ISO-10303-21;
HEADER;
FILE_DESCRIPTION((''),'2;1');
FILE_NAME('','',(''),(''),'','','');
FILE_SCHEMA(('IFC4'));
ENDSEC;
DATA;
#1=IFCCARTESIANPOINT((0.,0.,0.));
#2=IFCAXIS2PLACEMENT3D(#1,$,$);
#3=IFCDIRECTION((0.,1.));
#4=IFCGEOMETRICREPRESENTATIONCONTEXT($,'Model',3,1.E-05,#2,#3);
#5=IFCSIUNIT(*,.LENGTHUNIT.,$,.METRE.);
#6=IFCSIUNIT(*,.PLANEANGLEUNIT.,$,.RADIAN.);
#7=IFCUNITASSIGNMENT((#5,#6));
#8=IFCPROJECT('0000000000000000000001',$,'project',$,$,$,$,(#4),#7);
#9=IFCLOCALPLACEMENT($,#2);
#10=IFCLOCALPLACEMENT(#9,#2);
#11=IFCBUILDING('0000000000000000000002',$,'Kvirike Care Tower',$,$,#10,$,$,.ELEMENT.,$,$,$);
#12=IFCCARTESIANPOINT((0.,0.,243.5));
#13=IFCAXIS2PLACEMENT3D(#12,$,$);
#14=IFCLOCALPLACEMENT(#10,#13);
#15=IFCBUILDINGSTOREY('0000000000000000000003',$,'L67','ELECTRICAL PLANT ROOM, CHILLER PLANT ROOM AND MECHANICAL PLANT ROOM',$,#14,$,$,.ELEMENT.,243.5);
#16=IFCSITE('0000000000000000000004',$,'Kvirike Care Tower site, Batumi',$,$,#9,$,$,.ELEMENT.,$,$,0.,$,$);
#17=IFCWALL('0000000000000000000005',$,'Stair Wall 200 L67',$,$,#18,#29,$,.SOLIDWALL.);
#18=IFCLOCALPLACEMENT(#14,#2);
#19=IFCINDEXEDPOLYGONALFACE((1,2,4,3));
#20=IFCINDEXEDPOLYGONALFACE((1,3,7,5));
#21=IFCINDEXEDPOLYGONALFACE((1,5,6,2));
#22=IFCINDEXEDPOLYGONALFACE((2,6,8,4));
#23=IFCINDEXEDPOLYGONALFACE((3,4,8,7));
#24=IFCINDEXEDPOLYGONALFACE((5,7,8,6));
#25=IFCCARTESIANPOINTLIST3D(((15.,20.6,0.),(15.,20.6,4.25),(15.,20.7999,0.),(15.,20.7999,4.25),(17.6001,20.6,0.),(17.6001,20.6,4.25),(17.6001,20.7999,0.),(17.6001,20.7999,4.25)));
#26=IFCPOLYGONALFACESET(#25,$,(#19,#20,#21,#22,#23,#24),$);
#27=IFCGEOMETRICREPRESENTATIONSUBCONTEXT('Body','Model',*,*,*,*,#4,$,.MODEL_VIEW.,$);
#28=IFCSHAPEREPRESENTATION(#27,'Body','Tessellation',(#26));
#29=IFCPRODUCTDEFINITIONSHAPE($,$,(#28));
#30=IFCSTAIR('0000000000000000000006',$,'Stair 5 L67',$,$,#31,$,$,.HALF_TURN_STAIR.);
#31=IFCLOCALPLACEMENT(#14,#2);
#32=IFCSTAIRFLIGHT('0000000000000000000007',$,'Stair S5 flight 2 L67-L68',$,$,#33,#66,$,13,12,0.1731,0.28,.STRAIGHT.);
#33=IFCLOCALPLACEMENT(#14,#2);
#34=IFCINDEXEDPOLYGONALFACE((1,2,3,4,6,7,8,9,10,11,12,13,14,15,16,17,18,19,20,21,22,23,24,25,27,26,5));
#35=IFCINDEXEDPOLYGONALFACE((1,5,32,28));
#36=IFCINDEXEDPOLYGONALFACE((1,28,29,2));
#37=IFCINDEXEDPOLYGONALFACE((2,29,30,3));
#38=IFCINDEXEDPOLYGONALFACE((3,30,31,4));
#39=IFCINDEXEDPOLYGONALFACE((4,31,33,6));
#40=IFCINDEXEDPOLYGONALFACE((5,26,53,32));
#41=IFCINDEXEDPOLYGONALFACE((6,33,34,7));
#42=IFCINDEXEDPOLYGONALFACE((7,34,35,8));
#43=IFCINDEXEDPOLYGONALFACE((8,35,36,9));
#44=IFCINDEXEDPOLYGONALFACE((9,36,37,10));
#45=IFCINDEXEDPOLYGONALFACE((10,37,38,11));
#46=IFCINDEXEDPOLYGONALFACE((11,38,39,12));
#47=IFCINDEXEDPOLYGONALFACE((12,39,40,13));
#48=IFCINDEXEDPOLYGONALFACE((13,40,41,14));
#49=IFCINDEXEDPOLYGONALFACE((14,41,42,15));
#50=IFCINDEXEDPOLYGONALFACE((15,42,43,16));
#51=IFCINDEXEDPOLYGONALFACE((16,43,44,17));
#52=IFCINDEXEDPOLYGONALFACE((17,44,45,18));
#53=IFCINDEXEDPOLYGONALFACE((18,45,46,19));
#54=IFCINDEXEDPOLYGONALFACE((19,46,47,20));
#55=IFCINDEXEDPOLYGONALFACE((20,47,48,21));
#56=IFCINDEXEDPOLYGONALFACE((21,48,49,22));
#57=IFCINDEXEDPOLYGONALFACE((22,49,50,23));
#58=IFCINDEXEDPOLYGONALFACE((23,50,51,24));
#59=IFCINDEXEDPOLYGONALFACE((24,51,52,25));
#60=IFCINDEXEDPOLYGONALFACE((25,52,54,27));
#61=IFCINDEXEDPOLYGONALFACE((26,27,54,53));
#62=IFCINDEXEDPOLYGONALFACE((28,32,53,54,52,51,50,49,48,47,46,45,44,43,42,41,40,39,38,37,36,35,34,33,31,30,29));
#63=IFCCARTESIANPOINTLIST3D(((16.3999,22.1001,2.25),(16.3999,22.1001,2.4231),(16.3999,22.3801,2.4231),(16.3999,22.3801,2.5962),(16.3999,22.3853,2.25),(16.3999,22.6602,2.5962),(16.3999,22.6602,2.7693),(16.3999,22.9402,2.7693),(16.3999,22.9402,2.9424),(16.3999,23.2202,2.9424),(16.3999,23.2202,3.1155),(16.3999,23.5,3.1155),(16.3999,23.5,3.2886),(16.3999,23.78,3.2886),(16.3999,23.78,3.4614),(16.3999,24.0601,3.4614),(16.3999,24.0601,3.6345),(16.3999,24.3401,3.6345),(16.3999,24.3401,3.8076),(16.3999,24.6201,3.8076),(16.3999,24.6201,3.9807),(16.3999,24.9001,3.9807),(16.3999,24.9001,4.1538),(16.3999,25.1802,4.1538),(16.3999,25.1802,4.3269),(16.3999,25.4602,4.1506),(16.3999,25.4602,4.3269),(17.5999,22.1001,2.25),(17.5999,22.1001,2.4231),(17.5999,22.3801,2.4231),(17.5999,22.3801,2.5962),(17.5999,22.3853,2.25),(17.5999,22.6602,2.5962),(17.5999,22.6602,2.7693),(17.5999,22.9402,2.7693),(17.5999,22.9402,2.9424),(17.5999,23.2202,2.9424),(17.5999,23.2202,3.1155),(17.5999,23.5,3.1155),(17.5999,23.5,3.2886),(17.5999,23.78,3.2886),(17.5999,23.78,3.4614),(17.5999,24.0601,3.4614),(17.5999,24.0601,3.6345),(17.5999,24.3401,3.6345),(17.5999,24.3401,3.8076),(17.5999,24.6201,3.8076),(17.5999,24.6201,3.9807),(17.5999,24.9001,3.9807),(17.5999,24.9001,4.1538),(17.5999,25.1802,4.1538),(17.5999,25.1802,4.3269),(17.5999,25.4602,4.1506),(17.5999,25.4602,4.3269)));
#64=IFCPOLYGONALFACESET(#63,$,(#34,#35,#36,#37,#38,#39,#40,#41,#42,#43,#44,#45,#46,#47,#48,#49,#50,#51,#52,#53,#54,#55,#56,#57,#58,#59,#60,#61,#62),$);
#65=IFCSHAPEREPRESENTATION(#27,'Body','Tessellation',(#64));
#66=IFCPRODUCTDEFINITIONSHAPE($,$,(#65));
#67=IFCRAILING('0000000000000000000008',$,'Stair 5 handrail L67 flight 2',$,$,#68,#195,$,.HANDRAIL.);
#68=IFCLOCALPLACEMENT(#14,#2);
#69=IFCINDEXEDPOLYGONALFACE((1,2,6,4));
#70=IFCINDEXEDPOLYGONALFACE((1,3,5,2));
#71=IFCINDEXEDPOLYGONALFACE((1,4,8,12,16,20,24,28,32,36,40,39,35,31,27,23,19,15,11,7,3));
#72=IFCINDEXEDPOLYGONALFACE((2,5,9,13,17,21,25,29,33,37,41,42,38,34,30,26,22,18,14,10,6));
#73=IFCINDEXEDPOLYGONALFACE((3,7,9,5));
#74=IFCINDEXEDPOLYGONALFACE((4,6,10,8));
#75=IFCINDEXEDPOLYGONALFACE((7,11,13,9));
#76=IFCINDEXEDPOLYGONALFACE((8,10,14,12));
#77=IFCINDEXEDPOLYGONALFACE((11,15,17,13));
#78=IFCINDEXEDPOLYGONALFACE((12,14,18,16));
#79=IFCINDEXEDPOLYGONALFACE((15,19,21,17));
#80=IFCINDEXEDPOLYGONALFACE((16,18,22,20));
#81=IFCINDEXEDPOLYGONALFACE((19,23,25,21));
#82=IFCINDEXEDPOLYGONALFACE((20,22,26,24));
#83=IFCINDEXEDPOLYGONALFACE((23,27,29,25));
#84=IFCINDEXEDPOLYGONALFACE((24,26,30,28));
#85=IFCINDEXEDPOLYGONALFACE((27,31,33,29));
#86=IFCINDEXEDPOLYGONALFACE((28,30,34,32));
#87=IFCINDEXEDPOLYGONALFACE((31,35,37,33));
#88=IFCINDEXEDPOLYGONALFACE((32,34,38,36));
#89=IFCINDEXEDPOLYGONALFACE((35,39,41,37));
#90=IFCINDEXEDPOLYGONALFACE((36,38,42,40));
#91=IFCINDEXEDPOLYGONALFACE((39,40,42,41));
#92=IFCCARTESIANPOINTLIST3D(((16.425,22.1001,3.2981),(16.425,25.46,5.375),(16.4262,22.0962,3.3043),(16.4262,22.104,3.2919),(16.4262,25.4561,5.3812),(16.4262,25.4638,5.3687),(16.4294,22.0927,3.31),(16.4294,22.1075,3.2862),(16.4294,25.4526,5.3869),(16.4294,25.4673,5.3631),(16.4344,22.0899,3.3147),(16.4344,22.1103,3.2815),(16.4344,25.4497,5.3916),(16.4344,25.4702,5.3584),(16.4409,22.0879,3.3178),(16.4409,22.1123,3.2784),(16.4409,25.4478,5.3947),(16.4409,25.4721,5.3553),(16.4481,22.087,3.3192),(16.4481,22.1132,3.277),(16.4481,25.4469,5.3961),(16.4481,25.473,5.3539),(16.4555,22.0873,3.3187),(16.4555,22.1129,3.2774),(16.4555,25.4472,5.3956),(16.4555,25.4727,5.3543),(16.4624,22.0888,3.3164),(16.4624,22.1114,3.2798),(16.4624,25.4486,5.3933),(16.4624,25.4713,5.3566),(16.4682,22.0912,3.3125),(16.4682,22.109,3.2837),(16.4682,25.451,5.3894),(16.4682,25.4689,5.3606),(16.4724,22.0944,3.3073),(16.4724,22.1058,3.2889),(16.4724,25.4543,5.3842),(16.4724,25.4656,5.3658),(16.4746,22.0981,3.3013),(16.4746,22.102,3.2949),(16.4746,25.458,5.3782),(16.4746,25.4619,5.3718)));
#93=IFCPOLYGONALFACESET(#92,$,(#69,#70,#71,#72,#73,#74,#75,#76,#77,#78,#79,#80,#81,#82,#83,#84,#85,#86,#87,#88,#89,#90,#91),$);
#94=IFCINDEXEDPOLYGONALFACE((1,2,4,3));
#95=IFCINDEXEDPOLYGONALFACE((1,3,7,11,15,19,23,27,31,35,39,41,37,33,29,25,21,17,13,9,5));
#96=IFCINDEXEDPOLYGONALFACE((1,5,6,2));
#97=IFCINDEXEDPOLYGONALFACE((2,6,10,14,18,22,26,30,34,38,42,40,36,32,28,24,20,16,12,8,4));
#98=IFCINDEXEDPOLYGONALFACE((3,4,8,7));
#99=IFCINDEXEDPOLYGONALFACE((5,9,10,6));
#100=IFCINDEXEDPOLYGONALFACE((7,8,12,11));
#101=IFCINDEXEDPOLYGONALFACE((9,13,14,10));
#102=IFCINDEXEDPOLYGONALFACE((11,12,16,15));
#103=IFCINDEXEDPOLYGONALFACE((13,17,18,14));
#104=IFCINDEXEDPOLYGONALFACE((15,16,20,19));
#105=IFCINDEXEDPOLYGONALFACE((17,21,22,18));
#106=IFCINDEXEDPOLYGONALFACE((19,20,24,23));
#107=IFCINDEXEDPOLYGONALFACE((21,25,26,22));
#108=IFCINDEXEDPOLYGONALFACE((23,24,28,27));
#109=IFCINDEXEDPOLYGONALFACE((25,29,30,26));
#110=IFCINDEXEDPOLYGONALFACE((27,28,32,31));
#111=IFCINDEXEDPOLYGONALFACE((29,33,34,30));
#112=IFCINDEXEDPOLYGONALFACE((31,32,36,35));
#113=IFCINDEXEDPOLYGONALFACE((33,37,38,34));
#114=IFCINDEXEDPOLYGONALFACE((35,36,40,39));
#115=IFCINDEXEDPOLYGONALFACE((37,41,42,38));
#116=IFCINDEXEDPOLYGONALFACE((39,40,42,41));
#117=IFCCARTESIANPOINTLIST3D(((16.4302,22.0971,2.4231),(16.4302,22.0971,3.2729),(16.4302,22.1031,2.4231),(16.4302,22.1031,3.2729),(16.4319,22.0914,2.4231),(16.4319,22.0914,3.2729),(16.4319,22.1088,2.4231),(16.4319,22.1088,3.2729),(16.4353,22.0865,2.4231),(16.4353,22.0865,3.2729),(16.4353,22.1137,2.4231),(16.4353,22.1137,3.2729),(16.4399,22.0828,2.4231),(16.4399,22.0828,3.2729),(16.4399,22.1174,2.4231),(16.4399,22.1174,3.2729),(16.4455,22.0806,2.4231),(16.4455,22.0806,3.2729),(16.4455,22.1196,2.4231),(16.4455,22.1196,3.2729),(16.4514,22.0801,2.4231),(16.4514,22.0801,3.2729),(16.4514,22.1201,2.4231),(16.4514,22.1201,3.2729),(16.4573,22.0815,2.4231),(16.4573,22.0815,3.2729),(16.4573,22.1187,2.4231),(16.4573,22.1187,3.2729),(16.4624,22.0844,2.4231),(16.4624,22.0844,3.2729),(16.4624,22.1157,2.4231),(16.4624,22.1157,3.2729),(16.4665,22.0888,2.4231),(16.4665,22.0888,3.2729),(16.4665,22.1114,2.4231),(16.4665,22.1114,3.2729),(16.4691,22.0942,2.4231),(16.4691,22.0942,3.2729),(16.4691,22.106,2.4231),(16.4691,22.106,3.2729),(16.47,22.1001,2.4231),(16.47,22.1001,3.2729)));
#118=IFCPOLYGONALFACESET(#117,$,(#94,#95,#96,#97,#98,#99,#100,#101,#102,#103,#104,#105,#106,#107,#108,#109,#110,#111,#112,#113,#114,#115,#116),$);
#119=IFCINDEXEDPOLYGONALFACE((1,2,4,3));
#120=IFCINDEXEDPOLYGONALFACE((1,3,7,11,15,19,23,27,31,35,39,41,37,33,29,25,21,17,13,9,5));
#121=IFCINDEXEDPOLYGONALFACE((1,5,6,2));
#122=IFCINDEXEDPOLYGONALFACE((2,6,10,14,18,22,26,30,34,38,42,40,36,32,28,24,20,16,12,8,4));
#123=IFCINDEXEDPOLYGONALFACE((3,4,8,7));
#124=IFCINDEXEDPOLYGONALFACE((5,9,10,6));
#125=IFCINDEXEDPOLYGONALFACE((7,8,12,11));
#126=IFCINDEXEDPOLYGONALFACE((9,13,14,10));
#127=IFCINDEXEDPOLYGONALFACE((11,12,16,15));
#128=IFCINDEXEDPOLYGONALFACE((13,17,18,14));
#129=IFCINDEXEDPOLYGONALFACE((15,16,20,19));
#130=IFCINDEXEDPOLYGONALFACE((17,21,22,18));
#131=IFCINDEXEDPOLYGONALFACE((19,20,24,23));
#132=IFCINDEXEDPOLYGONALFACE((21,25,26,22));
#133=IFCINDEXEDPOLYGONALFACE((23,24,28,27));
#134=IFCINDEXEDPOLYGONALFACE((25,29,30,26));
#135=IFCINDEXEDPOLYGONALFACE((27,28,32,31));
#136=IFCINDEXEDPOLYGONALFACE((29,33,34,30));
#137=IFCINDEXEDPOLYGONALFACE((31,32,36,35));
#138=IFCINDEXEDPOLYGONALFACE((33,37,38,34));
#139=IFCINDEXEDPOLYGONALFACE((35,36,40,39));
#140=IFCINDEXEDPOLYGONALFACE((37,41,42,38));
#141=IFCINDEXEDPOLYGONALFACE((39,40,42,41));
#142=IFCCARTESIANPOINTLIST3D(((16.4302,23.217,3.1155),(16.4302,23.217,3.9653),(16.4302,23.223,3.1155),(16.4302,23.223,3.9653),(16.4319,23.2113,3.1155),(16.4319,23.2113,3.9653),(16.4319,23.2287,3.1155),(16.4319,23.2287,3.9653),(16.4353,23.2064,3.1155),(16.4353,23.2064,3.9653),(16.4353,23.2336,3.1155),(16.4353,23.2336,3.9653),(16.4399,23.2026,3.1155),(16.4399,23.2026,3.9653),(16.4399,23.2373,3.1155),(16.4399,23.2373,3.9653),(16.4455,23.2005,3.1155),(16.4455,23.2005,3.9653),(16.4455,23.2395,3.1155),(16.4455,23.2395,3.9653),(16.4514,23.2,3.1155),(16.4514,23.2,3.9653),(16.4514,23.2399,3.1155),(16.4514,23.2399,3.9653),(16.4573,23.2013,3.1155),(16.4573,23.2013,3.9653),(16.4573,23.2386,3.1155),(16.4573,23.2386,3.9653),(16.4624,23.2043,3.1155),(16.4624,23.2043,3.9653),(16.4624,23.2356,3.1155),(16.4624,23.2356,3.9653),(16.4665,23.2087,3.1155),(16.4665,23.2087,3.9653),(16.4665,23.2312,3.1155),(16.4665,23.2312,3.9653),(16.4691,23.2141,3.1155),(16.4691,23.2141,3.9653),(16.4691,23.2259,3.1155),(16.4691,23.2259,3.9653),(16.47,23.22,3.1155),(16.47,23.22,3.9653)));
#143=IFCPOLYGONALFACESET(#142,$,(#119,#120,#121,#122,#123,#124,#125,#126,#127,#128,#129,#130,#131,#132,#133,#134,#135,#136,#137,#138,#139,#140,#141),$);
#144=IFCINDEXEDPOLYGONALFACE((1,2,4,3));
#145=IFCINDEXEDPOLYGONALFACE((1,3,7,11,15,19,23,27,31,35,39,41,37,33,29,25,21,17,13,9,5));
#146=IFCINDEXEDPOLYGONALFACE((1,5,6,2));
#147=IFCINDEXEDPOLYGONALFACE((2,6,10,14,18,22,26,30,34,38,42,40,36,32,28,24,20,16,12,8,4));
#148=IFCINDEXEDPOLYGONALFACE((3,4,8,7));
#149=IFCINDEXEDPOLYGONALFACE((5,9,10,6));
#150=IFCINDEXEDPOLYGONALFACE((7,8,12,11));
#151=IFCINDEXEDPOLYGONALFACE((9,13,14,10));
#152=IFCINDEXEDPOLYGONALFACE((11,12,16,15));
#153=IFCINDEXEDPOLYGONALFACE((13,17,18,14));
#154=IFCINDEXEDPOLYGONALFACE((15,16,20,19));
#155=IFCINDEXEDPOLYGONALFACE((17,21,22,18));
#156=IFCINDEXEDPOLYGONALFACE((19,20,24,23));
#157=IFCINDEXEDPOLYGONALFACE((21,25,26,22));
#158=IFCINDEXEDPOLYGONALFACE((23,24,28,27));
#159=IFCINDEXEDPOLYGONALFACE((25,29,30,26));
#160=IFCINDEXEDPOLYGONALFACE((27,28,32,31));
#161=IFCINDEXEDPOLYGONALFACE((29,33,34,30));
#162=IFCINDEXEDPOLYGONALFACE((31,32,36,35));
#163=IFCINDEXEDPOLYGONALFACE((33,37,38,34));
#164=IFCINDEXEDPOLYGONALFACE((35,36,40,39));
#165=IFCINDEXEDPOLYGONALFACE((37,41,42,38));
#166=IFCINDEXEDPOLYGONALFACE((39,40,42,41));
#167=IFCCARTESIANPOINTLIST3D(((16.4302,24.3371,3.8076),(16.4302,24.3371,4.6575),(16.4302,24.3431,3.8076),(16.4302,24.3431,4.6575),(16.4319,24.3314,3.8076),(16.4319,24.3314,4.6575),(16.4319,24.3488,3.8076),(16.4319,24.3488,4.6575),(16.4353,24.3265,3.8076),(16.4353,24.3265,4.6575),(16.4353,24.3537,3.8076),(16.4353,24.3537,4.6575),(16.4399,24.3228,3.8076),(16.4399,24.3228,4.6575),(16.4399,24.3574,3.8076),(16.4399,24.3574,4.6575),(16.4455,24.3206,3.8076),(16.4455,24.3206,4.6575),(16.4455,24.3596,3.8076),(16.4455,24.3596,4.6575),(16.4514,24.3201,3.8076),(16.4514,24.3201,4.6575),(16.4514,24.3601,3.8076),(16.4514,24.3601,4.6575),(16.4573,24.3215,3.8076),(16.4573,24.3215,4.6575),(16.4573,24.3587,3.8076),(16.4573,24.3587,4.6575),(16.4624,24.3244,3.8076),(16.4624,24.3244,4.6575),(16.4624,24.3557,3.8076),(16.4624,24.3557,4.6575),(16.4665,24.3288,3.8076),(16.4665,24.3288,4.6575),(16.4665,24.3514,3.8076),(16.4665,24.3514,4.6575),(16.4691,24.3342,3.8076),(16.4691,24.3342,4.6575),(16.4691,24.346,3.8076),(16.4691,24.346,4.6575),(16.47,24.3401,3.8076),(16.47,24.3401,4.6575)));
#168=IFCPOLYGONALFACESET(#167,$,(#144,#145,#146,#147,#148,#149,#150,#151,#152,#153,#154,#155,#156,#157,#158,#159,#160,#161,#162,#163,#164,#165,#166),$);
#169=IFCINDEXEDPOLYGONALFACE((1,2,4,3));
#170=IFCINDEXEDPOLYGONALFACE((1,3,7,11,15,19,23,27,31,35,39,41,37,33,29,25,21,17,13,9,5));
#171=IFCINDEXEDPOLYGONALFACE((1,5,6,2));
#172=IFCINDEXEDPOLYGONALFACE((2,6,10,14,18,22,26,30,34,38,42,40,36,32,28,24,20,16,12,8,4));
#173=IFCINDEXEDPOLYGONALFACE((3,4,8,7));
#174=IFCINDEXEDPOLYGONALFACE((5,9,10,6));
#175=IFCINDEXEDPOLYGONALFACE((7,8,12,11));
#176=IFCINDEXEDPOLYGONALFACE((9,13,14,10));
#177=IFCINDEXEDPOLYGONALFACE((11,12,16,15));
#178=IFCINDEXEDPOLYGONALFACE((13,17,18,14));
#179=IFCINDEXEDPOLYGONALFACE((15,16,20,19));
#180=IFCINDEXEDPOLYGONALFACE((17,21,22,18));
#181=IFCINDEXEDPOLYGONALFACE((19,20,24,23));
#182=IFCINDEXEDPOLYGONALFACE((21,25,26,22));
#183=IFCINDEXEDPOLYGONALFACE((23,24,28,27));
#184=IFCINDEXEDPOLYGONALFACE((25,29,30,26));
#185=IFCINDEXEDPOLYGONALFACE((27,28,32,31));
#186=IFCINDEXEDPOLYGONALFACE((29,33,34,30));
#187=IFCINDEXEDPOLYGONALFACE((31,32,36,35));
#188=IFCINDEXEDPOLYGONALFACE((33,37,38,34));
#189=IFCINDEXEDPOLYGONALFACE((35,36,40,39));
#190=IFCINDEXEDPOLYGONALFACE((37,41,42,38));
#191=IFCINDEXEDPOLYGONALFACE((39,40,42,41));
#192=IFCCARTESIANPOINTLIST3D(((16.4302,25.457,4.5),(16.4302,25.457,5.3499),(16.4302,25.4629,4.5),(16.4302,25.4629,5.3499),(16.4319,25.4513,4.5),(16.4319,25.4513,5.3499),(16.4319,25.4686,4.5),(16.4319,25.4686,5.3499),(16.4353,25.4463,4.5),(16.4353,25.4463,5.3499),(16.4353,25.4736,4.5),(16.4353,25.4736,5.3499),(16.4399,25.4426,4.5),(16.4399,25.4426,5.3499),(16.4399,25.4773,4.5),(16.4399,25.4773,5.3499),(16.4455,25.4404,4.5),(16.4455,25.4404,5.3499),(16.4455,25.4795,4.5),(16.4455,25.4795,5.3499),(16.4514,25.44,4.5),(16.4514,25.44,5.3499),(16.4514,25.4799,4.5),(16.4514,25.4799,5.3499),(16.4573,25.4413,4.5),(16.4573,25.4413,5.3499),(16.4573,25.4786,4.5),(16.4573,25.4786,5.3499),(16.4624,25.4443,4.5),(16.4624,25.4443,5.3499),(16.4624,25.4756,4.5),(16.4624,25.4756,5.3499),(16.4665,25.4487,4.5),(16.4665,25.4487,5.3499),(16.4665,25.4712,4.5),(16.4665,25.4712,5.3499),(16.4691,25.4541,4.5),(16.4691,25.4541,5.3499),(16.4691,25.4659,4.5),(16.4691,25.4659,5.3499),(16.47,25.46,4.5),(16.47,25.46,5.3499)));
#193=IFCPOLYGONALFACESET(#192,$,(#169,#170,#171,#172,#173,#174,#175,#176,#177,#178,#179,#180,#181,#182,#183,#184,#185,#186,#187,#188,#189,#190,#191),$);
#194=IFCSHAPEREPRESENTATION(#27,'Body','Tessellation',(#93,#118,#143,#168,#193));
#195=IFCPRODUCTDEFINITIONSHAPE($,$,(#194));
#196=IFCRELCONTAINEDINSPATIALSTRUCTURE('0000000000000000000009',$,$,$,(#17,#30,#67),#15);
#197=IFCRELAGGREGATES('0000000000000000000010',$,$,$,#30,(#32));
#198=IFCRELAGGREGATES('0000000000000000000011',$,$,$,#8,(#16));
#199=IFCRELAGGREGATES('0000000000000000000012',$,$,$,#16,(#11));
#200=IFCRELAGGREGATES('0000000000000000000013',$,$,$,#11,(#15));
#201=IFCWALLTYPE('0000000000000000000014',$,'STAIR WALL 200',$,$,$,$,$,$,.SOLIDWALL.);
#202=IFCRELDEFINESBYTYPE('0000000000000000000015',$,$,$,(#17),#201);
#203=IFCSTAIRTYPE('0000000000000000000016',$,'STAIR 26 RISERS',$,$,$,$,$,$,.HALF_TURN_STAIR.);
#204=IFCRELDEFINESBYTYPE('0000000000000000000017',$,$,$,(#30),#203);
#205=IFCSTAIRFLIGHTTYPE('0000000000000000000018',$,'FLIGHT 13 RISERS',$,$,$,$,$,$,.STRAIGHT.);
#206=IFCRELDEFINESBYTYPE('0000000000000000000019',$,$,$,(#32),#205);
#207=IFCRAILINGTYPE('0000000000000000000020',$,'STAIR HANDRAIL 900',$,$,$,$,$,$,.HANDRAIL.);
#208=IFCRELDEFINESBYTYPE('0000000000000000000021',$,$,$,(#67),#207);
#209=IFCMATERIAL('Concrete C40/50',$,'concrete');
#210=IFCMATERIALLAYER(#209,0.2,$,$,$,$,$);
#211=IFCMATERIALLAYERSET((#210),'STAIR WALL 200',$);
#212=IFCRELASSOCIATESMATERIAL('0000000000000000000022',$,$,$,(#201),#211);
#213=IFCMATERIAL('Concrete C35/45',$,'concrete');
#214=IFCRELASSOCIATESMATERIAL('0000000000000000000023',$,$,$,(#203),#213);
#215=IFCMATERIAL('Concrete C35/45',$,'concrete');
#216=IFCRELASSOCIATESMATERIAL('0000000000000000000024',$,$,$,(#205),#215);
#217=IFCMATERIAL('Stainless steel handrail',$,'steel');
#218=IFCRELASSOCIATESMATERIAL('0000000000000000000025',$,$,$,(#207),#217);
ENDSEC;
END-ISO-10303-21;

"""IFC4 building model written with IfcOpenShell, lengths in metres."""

from ifc_helpers import new_model, si_unit, direction, frame, frame_2d, origin, origin_2d, place, context, subcontext, project, spatial, polyline, rectangle, circle, outline, extrude, material, layer, layer_set, type_object, element, aggregate, save


model = new_model("IFC4")

# Units and contexts
model_context = context("Model", 3, precision=1e-05, world=origin(), true_north=direction((0.0, 1.0)))
body_context = subcontext(model_context, "Body", "Model", "MODEL_VIEW")
ifc_project = project(units=[si_unit("LENGTHUNIT", "METRE"), si_unit("PLANEANGLEUNIT", "RADIAN")], contexts=[model_context])

# Site, building, storey
site_placement = place(None, origin())
site = spatial("IfcSite", under=ifc_project, at=site_placement, Name="Kvirike Care Tower site, Batumi", CompositionType="ELEMENT", RefElevation=0.0)
building_placement = place(site_placement, origin())
building = spatial("IfcBuilding", under=site, at=building_placement, Name="Kvirike Care Tower", CompositionType="ELEMENT")
storey_placement = place(building_placement, frame((0.0, 0.0, 243.5)))
storey = spatial("IfcBuildingStorey", under=building, at=storey_placement, Name="L67", Description="ELECTRICAL PLANT ROOM, CHILLER PLANT ROOM AND MECHANICAL PLANT ROOM", CompositionType="ELEMENT", Elevation=243.5)

# Wall
ifc_material_1 = material(Name="Concrete C40/50", Category="concrete")
ifc_layer_1 = layer(ifc_material_1, 0.2)
ifc_layer_set_1 = layer_set([ifc_layer_1], Name="STAIR WALL 200")
wall_type = type_object("IfcWallType", Name="STAIR WALL 200", PredefinedType="SOLIDWALL", material=ifc_layer_set_1)
wall_1_placement = place(storey_placement, frame((15.0, 20.7, 0.0), z_axis=(0.0, 0.0, 1.0), x_axis=(1.0, 0.0, 0.0)))
element("IfcWall", 1, at=wall_1_placement, inside=storey, type_object=wall_type, Name="Stair Wall 200 L67", PredefinedType="SOLIDWALL", context=body_context, shape_type="SweptSolid", body=[
    extrude(rectangle(XDim=2.6001, YDim=0.2, at=frame_2d((1.3, 0.0))), origin(), (0.0, 0.0, 1.0), 4.25),
])

# Stair, stair flight
ifc_material_2 = material(Name="Concrete C35/45", Category="concrete")
stair_type = type_object("IfcStairType", Name="STAIR 26 RISERS", PredefinedType="HALF_TURN_STAIR", material=ifc_material_2)
stair_placement = place(storey_placement, origin())
stair = element("IfcStair", 2, at=stair_placement, inside=storey, type_object=stair_type, Name="Stair 5 L67", PredefinedType="HALF_TURN_STAIR")
ifc_material_3 = material(Name="Concrete C35/45", Category="concrete")
stair_flight_type = type_object("IfcStairFlightType", Name="FLIGHT 13 RISERS", PredefinedType="STRAIGHT", material=ifc_material_3)
stair_flight_placement = place(storey_placement, frame((17.0, 22.1001, 2.25), z_axis=(0.0, 0.0, 1.0), x_axis=(0.0, 1.0, 0.0)))
stair_flight = element("IfcStairFlight", 3, at=stair_flight_placement, type_object=stair_flight_type, Name="Stair S5 flight 2 L67-L68", NumberOfRisers=13, NumberOfTreads=12, PredefinedType="STRAIGHT", RiserHeight=0.1731, TreadLength=0.28, context=body_context, shape_type="SweptSolid", body=[
    extrude(outline(polyline([(0.0, 0.0), (0.0, 0.1731), (0.28, 0.1731), (0.28, 0.3462), (0.5601, 0.3462), (0.5601, 0.5193), (0.8401, 0.5193), (0.8401, 0.6924), (1.1201, 0.6924), (1.1201, 0.8655), (1.3999, 0.8655), (1.3999, 1.0386), (1.6799, 1.0386), (1.6799, 1.2114), (1.96, 1.2114), (1.96, 1.3845), (2.24, 1.3845), (2.24, 1.5576), (2.52, 1.5576), (2.52, 1.7307), (2.8, 1.7307), (2.8, 1.9038), (3.0801, 1.9038), (3.0801, 2.0769), (3.3601, 2.0769), (3.3601, 2.25), (3.3601, 1.9006), (0.2852, 0.0), (0.0, 0.0)])), frame((0.0, 0.6001, 0.0), z_axis=(0.0, -1.0, 0.0), x_axis=(1.0, 0.0, 0.0)), (0.0, 0.0, 1.0), 1.2),
])
aggregate(stair, [stair_flight])

# Railing
ifc_material_4 = material(Name="Stainless steel handrail", Category="steel")
railing_type = type_object("IfcRailingType", Name="STAIR HANDRAIL 900", PredefinedType="HANDRAIL", material=ifc_material_4)
railing_placement = place(storey_placement, frame((16.45, 22.1001, 2.4231)))
element("IfcRailing", 4, at=railing_placement, inside=storey, type_object=railing_type, Name="Stair 5 handrail L67 flight 2", PredefinedType="HANDRAIL", context=body_context, shape_type="SweptSolid", body=[
    extrude(circle(Radius=0.0249, at=origin_2d()), frame((0.0, 0.0, 0.875), z_axis=(0.0, 0.850606, 0.525803), x_axis=(-1.0, 0.0, 0.0)), (0.0, 0.0, 1.0), 3.95),
    extrude(circle(Radius=0.02, at=origin_2d()), origin(), (0.0, 0.0, 1.0), 0.8499),
    extrude(circle(Radius=0.02, at=origin_2d()), frame((0.0, 1.1199, 0.6924)), (0.0, 0.0, 1.0), 0.8499),
    extrude(circle(Radius=0.02, at=origin_2d()), frame((0.0, 2.24, 1.3845)), (0.0, 0.0, 1.0), 0.8499),
    extrude(circle(Radius=0.02, at=origin_2d()), frame((0.0, 3.3599, 2.0769)), (0.0, 0.0, 1.0), 0.8499),
])

save(model, "model.ifc")
